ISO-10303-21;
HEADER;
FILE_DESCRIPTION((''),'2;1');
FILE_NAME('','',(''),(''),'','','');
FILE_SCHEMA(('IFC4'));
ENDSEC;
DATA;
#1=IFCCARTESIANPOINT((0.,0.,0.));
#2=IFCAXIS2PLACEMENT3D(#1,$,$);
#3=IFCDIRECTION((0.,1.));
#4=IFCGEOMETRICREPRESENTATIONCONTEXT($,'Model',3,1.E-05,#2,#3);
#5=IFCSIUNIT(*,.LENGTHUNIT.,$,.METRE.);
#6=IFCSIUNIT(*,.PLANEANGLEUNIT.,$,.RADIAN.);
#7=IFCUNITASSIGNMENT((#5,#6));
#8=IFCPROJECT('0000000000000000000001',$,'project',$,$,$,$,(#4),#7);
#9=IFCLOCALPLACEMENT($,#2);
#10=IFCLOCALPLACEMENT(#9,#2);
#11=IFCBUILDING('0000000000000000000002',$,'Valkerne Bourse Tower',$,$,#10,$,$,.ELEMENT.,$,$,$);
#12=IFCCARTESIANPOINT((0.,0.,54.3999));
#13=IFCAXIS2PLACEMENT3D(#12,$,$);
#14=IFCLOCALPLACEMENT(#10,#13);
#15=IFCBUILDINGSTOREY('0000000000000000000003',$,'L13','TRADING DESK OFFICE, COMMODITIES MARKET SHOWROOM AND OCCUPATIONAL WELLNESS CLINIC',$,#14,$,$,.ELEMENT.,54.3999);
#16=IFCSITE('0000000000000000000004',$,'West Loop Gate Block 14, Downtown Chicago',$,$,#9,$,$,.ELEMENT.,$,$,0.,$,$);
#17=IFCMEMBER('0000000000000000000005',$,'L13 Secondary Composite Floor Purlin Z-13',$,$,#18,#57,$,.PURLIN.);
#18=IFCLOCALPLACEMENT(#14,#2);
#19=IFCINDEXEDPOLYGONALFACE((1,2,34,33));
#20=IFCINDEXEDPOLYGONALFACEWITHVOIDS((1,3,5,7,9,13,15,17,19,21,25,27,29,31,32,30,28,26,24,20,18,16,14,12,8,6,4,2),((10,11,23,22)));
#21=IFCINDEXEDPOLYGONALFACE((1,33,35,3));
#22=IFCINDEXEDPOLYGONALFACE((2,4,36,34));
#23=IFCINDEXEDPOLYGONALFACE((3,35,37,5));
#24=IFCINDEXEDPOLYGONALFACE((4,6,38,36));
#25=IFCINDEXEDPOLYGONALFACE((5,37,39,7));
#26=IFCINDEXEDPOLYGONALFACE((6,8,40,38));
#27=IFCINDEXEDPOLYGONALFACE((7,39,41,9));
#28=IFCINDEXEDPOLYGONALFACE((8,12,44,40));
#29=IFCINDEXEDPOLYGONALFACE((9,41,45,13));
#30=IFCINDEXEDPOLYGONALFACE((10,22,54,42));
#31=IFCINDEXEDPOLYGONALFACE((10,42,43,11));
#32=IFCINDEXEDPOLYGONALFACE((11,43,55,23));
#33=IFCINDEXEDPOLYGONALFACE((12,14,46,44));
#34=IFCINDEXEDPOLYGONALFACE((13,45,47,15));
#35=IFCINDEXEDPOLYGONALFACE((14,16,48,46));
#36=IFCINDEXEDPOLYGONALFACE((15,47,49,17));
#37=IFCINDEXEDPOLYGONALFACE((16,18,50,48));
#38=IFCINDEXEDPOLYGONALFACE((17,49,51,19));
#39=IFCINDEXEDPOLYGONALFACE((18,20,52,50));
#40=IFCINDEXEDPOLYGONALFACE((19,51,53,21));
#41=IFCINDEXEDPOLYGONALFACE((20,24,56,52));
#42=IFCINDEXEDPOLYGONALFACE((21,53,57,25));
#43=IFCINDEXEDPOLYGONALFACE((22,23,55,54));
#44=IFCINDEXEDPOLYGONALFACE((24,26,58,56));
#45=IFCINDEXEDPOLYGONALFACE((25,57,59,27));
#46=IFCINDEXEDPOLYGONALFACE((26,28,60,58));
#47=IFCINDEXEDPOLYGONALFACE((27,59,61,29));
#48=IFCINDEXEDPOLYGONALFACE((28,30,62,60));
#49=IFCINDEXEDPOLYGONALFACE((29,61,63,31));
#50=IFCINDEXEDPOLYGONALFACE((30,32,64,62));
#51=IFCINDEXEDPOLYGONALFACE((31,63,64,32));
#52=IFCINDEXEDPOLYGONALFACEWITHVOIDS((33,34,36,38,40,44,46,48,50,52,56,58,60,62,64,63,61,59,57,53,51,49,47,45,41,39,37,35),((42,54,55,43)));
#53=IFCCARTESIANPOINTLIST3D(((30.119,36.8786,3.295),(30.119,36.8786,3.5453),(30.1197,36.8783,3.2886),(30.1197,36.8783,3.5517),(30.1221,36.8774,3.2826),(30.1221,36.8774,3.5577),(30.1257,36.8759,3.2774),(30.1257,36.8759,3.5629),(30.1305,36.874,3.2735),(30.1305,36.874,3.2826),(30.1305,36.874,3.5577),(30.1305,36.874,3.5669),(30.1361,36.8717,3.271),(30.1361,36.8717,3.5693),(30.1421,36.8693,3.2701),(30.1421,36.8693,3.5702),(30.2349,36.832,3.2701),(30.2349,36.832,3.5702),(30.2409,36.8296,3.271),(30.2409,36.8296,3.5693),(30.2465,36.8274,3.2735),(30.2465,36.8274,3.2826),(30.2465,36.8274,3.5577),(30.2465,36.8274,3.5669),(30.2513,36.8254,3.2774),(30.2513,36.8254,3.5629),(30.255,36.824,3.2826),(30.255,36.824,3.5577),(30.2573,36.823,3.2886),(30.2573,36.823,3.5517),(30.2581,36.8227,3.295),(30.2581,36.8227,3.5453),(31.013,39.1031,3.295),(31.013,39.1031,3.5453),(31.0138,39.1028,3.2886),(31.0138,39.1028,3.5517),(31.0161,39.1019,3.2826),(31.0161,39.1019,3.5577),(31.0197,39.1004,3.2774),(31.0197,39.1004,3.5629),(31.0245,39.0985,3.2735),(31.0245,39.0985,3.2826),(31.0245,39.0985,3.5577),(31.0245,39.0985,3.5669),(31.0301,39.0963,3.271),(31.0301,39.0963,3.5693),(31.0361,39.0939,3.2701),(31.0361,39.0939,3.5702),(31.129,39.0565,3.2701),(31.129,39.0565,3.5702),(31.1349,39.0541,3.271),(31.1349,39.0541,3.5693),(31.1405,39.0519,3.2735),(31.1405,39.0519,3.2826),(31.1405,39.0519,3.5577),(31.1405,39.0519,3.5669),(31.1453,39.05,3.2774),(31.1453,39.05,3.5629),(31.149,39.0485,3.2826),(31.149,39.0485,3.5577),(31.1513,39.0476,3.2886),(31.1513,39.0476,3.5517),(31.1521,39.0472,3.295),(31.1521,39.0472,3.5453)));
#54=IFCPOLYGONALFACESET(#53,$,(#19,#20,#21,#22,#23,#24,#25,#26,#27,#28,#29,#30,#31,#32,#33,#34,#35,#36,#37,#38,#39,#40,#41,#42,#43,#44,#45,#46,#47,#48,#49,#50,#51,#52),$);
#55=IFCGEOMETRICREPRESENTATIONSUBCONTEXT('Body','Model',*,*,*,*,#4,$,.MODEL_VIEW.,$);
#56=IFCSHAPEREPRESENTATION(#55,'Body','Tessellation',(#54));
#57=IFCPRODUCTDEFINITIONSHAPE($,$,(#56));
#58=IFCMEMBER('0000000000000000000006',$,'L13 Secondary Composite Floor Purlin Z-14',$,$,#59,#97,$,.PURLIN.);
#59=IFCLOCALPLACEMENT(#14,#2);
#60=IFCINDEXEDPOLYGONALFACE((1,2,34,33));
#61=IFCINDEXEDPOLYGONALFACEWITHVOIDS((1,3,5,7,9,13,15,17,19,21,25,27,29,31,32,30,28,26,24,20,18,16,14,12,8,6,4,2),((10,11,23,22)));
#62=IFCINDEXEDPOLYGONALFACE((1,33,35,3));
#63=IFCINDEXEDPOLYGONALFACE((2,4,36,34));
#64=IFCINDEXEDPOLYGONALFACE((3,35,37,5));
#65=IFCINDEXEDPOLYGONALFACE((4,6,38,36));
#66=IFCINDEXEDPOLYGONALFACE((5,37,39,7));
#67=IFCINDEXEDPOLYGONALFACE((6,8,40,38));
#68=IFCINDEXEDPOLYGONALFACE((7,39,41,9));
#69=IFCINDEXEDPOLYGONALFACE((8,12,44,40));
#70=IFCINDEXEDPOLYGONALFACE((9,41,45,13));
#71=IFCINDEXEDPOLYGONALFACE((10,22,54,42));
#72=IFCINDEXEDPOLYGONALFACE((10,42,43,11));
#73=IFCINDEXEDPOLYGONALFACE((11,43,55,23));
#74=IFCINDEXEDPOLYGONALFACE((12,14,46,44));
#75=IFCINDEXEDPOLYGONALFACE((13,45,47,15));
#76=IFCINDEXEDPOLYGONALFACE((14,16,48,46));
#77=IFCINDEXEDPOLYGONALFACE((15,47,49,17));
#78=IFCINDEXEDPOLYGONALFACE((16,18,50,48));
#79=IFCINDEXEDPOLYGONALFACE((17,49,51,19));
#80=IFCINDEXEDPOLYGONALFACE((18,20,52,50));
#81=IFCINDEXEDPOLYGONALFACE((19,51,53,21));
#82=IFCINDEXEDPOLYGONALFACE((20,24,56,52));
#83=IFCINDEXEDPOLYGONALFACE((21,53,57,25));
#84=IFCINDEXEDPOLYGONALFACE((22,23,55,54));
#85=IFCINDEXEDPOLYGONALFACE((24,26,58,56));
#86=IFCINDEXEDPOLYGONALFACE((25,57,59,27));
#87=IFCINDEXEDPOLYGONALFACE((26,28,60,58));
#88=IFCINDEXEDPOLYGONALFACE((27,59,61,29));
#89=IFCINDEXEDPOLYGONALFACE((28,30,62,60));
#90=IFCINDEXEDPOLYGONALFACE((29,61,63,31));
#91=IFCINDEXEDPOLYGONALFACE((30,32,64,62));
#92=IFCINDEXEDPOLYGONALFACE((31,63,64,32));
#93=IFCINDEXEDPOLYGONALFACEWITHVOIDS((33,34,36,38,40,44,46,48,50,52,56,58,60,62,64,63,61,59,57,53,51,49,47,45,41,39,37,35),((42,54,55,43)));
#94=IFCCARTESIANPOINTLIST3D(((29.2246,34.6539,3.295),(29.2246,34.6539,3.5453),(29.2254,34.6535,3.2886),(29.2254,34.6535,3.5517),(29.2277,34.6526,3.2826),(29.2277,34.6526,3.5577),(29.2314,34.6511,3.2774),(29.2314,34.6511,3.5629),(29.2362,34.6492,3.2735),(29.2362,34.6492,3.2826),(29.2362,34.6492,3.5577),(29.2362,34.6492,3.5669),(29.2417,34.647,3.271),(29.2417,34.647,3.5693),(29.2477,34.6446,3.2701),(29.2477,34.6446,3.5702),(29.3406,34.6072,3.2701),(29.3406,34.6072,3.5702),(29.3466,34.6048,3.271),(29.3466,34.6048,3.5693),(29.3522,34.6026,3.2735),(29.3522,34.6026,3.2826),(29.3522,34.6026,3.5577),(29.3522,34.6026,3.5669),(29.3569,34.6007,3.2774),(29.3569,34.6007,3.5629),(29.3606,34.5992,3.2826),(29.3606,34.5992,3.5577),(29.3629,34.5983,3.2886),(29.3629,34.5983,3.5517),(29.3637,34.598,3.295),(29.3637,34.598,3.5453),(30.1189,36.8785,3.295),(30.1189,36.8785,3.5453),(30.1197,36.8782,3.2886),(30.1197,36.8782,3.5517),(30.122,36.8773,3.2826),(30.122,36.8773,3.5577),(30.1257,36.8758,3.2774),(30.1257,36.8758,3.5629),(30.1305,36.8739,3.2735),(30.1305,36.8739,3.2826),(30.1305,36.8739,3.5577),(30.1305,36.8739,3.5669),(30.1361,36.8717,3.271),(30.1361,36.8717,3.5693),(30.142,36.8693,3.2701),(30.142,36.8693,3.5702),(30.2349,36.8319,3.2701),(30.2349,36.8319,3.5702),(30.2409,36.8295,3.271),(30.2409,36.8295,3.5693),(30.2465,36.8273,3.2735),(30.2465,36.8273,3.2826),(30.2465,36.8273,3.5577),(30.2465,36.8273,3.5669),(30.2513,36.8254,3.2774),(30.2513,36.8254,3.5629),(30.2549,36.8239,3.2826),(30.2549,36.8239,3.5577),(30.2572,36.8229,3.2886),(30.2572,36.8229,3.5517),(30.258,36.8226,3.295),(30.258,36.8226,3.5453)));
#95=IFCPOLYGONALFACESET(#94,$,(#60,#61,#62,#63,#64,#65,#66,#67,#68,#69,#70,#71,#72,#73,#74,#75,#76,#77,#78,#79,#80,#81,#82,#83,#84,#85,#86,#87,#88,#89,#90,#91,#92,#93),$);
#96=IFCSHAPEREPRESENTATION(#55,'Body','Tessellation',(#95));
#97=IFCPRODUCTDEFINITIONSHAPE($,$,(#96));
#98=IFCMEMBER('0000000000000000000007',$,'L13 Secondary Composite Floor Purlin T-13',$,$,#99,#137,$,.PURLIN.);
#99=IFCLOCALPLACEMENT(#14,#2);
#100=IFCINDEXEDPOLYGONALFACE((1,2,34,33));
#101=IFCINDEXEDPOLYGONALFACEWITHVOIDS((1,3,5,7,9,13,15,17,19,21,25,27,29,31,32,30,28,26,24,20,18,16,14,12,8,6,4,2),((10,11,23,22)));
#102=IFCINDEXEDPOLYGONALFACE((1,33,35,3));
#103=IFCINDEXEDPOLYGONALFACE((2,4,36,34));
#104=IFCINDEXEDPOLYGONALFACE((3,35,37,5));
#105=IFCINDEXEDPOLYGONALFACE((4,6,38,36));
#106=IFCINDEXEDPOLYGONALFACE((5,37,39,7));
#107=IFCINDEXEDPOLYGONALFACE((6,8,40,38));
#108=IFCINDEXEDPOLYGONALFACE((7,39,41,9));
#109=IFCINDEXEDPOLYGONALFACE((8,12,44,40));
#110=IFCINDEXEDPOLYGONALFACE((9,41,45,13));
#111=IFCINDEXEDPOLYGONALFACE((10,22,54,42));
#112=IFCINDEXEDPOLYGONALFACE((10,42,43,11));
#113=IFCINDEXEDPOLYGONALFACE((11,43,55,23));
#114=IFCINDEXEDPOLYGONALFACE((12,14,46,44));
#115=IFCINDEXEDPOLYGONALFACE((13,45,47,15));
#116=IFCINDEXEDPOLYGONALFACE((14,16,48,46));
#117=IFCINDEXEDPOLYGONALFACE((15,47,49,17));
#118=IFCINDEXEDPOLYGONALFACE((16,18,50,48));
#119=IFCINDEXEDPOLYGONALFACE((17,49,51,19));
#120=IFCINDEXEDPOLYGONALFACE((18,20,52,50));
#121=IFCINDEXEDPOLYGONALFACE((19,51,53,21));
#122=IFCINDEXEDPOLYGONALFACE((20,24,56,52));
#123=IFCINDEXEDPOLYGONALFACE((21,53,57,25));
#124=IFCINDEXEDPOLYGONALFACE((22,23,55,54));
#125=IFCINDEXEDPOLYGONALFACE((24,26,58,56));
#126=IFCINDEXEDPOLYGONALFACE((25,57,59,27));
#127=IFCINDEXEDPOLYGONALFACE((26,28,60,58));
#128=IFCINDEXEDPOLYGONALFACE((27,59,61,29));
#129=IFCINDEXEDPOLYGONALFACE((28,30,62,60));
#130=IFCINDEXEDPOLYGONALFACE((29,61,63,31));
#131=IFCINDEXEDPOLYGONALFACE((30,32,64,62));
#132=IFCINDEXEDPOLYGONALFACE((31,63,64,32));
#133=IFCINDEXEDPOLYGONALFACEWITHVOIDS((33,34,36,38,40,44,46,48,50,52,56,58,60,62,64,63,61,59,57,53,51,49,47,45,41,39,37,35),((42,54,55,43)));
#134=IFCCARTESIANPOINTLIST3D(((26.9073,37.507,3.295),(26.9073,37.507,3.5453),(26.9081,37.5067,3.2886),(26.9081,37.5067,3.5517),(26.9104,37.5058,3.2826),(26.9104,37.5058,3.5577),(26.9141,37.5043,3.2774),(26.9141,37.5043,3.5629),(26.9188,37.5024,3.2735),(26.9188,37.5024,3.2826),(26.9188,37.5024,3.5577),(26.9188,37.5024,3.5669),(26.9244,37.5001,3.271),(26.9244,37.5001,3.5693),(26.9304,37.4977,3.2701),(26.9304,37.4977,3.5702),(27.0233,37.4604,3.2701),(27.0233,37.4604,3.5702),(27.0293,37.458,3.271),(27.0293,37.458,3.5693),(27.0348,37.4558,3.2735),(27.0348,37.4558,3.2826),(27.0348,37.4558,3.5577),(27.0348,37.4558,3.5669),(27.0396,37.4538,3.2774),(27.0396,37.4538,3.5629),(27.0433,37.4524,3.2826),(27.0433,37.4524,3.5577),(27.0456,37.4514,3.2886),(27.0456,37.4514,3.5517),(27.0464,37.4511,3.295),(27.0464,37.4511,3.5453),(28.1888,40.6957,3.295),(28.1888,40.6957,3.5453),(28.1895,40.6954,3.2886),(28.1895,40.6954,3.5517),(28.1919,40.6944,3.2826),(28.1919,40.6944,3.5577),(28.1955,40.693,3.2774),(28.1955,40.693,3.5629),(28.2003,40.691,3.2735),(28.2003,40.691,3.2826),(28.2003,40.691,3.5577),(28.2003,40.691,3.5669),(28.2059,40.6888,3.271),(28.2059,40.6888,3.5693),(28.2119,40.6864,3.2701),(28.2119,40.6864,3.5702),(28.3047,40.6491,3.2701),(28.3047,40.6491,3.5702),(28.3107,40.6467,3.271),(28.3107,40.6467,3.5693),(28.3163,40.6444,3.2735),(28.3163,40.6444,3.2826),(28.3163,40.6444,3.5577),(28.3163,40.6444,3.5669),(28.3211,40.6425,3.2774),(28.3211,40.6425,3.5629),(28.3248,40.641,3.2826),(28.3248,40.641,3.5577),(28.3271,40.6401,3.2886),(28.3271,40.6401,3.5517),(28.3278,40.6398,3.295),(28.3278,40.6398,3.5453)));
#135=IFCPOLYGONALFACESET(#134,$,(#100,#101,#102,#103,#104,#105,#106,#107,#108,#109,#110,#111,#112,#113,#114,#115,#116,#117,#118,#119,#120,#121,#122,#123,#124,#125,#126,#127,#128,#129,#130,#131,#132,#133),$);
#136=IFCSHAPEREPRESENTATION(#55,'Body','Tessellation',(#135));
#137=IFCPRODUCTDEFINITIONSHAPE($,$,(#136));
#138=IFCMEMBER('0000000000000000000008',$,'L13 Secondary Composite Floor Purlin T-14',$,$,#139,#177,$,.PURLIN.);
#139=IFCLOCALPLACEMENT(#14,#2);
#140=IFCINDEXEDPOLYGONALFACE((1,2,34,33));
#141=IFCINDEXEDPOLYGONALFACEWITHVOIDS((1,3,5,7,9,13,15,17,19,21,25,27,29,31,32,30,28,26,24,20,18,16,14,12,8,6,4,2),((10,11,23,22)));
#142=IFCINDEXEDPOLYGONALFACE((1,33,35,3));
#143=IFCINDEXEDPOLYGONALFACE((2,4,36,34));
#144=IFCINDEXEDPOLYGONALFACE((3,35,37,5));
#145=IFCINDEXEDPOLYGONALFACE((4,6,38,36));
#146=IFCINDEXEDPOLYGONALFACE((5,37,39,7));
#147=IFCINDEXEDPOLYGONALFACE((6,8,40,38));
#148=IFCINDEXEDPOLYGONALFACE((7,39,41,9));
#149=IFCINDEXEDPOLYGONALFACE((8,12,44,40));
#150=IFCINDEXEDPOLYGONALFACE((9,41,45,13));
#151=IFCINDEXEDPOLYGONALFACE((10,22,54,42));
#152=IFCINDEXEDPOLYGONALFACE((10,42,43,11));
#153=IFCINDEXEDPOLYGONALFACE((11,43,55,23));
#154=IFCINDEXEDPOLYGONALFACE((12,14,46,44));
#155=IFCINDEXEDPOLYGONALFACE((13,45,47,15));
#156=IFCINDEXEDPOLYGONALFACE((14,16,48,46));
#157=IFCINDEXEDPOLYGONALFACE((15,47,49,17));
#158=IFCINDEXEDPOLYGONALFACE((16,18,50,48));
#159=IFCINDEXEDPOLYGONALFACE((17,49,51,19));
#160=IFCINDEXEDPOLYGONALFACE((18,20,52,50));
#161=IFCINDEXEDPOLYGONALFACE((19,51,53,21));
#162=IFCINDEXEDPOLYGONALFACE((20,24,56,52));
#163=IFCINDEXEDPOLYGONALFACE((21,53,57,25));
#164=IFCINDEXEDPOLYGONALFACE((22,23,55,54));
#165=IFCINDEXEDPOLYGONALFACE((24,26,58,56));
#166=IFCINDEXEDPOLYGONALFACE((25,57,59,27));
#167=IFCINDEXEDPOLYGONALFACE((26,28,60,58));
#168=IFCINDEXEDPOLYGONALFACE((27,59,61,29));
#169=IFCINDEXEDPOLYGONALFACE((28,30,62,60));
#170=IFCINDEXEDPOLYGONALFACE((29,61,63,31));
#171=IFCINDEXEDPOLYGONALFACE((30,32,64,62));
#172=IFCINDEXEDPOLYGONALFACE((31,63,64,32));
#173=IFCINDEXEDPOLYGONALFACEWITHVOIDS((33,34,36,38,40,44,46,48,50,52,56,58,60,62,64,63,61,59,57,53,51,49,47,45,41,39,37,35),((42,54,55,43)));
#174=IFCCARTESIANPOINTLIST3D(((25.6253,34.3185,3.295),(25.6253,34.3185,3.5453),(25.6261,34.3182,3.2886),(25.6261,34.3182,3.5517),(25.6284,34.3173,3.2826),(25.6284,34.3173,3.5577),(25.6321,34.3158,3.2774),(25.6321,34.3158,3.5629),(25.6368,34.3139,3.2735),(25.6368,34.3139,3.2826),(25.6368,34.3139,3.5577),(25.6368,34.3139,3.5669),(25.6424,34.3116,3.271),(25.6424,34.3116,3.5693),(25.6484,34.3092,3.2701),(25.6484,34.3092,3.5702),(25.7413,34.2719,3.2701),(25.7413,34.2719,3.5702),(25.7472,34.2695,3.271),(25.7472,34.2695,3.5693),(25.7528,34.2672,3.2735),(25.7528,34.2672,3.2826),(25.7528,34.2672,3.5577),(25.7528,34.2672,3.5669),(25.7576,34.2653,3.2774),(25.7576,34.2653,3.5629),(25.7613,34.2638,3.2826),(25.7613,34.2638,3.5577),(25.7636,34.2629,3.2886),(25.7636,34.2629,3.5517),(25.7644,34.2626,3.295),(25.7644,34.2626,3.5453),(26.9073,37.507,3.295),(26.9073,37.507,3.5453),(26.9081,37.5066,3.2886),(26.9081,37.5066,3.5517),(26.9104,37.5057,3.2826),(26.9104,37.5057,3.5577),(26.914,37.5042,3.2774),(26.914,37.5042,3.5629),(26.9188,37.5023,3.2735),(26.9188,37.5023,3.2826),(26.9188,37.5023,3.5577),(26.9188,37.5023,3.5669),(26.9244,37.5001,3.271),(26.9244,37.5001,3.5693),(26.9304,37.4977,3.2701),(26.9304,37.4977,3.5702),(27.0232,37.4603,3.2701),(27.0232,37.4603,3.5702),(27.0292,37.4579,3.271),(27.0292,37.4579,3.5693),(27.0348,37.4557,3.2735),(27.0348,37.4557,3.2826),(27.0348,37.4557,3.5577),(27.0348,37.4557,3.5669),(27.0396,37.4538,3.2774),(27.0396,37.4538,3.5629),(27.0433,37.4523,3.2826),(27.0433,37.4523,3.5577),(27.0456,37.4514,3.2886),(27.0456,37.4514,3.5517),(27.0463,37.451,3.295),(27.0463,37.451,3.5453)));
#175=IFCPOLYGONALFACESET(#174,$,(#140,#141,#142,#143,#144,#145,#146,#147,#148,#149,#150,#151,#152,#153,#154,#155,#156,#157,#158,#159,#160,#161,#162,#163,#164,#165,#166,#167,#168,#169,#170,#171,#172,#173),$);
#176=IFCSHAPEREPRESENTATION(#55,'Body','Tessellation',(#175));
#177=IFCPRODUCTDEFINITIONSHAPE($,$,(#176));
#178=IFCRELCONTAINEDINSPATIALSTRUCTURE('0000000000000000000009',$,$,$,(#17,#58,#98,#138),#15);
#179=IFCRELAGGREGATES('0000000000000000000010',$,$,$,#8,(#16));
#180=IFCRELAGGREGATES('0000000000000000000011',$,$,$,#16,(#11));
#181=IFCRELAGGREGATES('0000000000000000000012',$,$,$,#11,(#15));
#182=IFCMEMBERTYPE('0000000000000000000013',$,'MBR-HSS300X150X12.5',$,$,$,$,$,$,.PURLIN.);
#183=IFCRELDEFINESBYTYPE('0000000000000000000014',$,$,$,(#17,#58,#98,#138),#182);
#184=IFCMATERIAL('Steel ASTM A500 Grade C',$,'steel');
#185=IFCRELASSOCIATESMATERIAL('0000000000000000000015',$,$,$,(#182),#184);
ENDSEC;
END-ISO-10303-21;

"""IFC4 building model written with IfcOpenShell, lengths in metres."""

from ifc_helpers import new_model, si_unit, direction, frame, origin, origin_2d, place, context, subcontext, project, spatial, hollow_rectangle, extrude, material, material_profile, profile_set, type_object, element, save


model = new_model("IFC4")

# Units and contexts
model_context = context("Model", 3, precision=1e-05, world=origin(), true_north=direction((0.0, 1.0)))
body_context = subcontext(model_context, "Body", "Model", "MODEL_VIEW")
ifc_project = project(units=[si_unit("LENGTHUNIT", "METRE"), si_unit("PLANEANGLEUNIT", "RADIAN")], contexts=[model_context])

# Site, building, storey
site_placement = place(None, origin())
site = spatial("IfcSite", under=ifc_project, at=site_placement, Name="West Loop Gate Block 14, Downtown Chicago", CompositionType="ELEMENT", RefElevation=0.0)
building_placement = place(site_placement, origin())
building = spatial("IfcBuilding", under=site, at=building_placement, Name="Valkerne Bourse Tower", CompositionType="ELEMENT")
storey_placement = place(building_placement, frame((0.0, 0.0, 54.3999)))
storey = spatial("IfcBuildingStorey", under=building, at=storey_placement, Name="L13", Description="TRADING DESK OFFICE, COMMODITIES MARKET SHOWROOM AND OCCUPATIONAL WELLNESS CLINIC", CompositionType="ELEMENT", Elevation=54.3999)

# Members
ifc_material_1 = material(Name="Steel ASTM A500 Grade C", Category="steel")
ifc_material_profile_1 = material_profile(ifc_material_1, hollow_rectangle(XDim=0.1499, YDim=0.3, WallThickness=0.0125, OuterFilletRadius=0.0249, at=origin_2d()), Name="HSS300X150X12.5")
ifc_profile_set_1 = profile_set([ifc_material_profile_1], Name="Steel ASTM A500 Grade C")
member_type_1 = type_object("IfcMemberType", Name="MBR-HSS300X150X12.5", PredefinedType="PURLIN", material=ifc_profile_set_1)
member_1_placement = place(storey_placement, frame((31.0825, 39.0752, 3.4202), z_axis=(-0.3729, -0.927872, 0.0), x_axis=(0.927872, -0.3729, 0.0)))
element("IfcMember", 1, at=member_1_placement, inside=storey, type_object=member_type_1, Name="L13 Secondary Composite Floor Purlin Z-13", PredefinedType="PURLIN", context=body_context, shape_type="SweptSolid", body=[
    extrude(hollow_rectangle(XDim=0.1499, YDim=0.3, WallThickness=0.0125, OuterFilletRadius=0.0249, at=origin_2d()), origin(), (0.0, 0.0, 1.0), 2.3975),
])
member_2_placement = place(storey_placement, frame((30.1885, 36.8506, 3.4202), z_axis=(-0.372988, -0.927836, 0.0), x_axis=(0.927836, -0.372988, 0.0)))
element("IfcMember", 2, at=member_2_placement, inside=storey, type_object=member_type_1, Name="L13 Secondary Composite Floor Purlin Z-14", PredefinedType="PURLIN", context=body_context, shape_type="SweptSolid", body=[
    extrude(hollow_rectangle(XDim=0.1499, YDim=0.3, WallThickness=0.0125, OuterFilletRadius=0.0249, at=origin_2d()), origin(), (0.0, 0.0, 1.0), 2.3977),
])
for number, where, z_axis, x_axis, name in (
    (3, (28.2583, 40.6677, 3.4202), (-0.372897, -0.927873, 0.0), (0.927873, -0.372897, 0.0), "L13 Secondary Composite Floor Purlin T-13"),
    (4, (26.9768, 37.479, 3.4202), (-0.373044, -0.927814, 0.0), (0.927814, -0.373044, 0.0), "L13 Secondary Composite Floor Purlin T-14"),
):
    element("IfcMember", number, at=place(storey_placement, frame(where, z_axis=z_axis, x_axis=x_axis)), inside=storey, type_object=member_type_1, Name=name, PredefinedType="PURLIN", context=body_context, shape_type="SweptSolid", body=[
        extrude(hollow_rectangle(XDim=0.1499, YDim=0.3, WallThickness=0.0125, OuterFilletRadius=0.0249, at=origin_2d()), origin(), (0.0, 0.0, 1.0), 3.4365),
    ])

save(model, "model.ifc")
